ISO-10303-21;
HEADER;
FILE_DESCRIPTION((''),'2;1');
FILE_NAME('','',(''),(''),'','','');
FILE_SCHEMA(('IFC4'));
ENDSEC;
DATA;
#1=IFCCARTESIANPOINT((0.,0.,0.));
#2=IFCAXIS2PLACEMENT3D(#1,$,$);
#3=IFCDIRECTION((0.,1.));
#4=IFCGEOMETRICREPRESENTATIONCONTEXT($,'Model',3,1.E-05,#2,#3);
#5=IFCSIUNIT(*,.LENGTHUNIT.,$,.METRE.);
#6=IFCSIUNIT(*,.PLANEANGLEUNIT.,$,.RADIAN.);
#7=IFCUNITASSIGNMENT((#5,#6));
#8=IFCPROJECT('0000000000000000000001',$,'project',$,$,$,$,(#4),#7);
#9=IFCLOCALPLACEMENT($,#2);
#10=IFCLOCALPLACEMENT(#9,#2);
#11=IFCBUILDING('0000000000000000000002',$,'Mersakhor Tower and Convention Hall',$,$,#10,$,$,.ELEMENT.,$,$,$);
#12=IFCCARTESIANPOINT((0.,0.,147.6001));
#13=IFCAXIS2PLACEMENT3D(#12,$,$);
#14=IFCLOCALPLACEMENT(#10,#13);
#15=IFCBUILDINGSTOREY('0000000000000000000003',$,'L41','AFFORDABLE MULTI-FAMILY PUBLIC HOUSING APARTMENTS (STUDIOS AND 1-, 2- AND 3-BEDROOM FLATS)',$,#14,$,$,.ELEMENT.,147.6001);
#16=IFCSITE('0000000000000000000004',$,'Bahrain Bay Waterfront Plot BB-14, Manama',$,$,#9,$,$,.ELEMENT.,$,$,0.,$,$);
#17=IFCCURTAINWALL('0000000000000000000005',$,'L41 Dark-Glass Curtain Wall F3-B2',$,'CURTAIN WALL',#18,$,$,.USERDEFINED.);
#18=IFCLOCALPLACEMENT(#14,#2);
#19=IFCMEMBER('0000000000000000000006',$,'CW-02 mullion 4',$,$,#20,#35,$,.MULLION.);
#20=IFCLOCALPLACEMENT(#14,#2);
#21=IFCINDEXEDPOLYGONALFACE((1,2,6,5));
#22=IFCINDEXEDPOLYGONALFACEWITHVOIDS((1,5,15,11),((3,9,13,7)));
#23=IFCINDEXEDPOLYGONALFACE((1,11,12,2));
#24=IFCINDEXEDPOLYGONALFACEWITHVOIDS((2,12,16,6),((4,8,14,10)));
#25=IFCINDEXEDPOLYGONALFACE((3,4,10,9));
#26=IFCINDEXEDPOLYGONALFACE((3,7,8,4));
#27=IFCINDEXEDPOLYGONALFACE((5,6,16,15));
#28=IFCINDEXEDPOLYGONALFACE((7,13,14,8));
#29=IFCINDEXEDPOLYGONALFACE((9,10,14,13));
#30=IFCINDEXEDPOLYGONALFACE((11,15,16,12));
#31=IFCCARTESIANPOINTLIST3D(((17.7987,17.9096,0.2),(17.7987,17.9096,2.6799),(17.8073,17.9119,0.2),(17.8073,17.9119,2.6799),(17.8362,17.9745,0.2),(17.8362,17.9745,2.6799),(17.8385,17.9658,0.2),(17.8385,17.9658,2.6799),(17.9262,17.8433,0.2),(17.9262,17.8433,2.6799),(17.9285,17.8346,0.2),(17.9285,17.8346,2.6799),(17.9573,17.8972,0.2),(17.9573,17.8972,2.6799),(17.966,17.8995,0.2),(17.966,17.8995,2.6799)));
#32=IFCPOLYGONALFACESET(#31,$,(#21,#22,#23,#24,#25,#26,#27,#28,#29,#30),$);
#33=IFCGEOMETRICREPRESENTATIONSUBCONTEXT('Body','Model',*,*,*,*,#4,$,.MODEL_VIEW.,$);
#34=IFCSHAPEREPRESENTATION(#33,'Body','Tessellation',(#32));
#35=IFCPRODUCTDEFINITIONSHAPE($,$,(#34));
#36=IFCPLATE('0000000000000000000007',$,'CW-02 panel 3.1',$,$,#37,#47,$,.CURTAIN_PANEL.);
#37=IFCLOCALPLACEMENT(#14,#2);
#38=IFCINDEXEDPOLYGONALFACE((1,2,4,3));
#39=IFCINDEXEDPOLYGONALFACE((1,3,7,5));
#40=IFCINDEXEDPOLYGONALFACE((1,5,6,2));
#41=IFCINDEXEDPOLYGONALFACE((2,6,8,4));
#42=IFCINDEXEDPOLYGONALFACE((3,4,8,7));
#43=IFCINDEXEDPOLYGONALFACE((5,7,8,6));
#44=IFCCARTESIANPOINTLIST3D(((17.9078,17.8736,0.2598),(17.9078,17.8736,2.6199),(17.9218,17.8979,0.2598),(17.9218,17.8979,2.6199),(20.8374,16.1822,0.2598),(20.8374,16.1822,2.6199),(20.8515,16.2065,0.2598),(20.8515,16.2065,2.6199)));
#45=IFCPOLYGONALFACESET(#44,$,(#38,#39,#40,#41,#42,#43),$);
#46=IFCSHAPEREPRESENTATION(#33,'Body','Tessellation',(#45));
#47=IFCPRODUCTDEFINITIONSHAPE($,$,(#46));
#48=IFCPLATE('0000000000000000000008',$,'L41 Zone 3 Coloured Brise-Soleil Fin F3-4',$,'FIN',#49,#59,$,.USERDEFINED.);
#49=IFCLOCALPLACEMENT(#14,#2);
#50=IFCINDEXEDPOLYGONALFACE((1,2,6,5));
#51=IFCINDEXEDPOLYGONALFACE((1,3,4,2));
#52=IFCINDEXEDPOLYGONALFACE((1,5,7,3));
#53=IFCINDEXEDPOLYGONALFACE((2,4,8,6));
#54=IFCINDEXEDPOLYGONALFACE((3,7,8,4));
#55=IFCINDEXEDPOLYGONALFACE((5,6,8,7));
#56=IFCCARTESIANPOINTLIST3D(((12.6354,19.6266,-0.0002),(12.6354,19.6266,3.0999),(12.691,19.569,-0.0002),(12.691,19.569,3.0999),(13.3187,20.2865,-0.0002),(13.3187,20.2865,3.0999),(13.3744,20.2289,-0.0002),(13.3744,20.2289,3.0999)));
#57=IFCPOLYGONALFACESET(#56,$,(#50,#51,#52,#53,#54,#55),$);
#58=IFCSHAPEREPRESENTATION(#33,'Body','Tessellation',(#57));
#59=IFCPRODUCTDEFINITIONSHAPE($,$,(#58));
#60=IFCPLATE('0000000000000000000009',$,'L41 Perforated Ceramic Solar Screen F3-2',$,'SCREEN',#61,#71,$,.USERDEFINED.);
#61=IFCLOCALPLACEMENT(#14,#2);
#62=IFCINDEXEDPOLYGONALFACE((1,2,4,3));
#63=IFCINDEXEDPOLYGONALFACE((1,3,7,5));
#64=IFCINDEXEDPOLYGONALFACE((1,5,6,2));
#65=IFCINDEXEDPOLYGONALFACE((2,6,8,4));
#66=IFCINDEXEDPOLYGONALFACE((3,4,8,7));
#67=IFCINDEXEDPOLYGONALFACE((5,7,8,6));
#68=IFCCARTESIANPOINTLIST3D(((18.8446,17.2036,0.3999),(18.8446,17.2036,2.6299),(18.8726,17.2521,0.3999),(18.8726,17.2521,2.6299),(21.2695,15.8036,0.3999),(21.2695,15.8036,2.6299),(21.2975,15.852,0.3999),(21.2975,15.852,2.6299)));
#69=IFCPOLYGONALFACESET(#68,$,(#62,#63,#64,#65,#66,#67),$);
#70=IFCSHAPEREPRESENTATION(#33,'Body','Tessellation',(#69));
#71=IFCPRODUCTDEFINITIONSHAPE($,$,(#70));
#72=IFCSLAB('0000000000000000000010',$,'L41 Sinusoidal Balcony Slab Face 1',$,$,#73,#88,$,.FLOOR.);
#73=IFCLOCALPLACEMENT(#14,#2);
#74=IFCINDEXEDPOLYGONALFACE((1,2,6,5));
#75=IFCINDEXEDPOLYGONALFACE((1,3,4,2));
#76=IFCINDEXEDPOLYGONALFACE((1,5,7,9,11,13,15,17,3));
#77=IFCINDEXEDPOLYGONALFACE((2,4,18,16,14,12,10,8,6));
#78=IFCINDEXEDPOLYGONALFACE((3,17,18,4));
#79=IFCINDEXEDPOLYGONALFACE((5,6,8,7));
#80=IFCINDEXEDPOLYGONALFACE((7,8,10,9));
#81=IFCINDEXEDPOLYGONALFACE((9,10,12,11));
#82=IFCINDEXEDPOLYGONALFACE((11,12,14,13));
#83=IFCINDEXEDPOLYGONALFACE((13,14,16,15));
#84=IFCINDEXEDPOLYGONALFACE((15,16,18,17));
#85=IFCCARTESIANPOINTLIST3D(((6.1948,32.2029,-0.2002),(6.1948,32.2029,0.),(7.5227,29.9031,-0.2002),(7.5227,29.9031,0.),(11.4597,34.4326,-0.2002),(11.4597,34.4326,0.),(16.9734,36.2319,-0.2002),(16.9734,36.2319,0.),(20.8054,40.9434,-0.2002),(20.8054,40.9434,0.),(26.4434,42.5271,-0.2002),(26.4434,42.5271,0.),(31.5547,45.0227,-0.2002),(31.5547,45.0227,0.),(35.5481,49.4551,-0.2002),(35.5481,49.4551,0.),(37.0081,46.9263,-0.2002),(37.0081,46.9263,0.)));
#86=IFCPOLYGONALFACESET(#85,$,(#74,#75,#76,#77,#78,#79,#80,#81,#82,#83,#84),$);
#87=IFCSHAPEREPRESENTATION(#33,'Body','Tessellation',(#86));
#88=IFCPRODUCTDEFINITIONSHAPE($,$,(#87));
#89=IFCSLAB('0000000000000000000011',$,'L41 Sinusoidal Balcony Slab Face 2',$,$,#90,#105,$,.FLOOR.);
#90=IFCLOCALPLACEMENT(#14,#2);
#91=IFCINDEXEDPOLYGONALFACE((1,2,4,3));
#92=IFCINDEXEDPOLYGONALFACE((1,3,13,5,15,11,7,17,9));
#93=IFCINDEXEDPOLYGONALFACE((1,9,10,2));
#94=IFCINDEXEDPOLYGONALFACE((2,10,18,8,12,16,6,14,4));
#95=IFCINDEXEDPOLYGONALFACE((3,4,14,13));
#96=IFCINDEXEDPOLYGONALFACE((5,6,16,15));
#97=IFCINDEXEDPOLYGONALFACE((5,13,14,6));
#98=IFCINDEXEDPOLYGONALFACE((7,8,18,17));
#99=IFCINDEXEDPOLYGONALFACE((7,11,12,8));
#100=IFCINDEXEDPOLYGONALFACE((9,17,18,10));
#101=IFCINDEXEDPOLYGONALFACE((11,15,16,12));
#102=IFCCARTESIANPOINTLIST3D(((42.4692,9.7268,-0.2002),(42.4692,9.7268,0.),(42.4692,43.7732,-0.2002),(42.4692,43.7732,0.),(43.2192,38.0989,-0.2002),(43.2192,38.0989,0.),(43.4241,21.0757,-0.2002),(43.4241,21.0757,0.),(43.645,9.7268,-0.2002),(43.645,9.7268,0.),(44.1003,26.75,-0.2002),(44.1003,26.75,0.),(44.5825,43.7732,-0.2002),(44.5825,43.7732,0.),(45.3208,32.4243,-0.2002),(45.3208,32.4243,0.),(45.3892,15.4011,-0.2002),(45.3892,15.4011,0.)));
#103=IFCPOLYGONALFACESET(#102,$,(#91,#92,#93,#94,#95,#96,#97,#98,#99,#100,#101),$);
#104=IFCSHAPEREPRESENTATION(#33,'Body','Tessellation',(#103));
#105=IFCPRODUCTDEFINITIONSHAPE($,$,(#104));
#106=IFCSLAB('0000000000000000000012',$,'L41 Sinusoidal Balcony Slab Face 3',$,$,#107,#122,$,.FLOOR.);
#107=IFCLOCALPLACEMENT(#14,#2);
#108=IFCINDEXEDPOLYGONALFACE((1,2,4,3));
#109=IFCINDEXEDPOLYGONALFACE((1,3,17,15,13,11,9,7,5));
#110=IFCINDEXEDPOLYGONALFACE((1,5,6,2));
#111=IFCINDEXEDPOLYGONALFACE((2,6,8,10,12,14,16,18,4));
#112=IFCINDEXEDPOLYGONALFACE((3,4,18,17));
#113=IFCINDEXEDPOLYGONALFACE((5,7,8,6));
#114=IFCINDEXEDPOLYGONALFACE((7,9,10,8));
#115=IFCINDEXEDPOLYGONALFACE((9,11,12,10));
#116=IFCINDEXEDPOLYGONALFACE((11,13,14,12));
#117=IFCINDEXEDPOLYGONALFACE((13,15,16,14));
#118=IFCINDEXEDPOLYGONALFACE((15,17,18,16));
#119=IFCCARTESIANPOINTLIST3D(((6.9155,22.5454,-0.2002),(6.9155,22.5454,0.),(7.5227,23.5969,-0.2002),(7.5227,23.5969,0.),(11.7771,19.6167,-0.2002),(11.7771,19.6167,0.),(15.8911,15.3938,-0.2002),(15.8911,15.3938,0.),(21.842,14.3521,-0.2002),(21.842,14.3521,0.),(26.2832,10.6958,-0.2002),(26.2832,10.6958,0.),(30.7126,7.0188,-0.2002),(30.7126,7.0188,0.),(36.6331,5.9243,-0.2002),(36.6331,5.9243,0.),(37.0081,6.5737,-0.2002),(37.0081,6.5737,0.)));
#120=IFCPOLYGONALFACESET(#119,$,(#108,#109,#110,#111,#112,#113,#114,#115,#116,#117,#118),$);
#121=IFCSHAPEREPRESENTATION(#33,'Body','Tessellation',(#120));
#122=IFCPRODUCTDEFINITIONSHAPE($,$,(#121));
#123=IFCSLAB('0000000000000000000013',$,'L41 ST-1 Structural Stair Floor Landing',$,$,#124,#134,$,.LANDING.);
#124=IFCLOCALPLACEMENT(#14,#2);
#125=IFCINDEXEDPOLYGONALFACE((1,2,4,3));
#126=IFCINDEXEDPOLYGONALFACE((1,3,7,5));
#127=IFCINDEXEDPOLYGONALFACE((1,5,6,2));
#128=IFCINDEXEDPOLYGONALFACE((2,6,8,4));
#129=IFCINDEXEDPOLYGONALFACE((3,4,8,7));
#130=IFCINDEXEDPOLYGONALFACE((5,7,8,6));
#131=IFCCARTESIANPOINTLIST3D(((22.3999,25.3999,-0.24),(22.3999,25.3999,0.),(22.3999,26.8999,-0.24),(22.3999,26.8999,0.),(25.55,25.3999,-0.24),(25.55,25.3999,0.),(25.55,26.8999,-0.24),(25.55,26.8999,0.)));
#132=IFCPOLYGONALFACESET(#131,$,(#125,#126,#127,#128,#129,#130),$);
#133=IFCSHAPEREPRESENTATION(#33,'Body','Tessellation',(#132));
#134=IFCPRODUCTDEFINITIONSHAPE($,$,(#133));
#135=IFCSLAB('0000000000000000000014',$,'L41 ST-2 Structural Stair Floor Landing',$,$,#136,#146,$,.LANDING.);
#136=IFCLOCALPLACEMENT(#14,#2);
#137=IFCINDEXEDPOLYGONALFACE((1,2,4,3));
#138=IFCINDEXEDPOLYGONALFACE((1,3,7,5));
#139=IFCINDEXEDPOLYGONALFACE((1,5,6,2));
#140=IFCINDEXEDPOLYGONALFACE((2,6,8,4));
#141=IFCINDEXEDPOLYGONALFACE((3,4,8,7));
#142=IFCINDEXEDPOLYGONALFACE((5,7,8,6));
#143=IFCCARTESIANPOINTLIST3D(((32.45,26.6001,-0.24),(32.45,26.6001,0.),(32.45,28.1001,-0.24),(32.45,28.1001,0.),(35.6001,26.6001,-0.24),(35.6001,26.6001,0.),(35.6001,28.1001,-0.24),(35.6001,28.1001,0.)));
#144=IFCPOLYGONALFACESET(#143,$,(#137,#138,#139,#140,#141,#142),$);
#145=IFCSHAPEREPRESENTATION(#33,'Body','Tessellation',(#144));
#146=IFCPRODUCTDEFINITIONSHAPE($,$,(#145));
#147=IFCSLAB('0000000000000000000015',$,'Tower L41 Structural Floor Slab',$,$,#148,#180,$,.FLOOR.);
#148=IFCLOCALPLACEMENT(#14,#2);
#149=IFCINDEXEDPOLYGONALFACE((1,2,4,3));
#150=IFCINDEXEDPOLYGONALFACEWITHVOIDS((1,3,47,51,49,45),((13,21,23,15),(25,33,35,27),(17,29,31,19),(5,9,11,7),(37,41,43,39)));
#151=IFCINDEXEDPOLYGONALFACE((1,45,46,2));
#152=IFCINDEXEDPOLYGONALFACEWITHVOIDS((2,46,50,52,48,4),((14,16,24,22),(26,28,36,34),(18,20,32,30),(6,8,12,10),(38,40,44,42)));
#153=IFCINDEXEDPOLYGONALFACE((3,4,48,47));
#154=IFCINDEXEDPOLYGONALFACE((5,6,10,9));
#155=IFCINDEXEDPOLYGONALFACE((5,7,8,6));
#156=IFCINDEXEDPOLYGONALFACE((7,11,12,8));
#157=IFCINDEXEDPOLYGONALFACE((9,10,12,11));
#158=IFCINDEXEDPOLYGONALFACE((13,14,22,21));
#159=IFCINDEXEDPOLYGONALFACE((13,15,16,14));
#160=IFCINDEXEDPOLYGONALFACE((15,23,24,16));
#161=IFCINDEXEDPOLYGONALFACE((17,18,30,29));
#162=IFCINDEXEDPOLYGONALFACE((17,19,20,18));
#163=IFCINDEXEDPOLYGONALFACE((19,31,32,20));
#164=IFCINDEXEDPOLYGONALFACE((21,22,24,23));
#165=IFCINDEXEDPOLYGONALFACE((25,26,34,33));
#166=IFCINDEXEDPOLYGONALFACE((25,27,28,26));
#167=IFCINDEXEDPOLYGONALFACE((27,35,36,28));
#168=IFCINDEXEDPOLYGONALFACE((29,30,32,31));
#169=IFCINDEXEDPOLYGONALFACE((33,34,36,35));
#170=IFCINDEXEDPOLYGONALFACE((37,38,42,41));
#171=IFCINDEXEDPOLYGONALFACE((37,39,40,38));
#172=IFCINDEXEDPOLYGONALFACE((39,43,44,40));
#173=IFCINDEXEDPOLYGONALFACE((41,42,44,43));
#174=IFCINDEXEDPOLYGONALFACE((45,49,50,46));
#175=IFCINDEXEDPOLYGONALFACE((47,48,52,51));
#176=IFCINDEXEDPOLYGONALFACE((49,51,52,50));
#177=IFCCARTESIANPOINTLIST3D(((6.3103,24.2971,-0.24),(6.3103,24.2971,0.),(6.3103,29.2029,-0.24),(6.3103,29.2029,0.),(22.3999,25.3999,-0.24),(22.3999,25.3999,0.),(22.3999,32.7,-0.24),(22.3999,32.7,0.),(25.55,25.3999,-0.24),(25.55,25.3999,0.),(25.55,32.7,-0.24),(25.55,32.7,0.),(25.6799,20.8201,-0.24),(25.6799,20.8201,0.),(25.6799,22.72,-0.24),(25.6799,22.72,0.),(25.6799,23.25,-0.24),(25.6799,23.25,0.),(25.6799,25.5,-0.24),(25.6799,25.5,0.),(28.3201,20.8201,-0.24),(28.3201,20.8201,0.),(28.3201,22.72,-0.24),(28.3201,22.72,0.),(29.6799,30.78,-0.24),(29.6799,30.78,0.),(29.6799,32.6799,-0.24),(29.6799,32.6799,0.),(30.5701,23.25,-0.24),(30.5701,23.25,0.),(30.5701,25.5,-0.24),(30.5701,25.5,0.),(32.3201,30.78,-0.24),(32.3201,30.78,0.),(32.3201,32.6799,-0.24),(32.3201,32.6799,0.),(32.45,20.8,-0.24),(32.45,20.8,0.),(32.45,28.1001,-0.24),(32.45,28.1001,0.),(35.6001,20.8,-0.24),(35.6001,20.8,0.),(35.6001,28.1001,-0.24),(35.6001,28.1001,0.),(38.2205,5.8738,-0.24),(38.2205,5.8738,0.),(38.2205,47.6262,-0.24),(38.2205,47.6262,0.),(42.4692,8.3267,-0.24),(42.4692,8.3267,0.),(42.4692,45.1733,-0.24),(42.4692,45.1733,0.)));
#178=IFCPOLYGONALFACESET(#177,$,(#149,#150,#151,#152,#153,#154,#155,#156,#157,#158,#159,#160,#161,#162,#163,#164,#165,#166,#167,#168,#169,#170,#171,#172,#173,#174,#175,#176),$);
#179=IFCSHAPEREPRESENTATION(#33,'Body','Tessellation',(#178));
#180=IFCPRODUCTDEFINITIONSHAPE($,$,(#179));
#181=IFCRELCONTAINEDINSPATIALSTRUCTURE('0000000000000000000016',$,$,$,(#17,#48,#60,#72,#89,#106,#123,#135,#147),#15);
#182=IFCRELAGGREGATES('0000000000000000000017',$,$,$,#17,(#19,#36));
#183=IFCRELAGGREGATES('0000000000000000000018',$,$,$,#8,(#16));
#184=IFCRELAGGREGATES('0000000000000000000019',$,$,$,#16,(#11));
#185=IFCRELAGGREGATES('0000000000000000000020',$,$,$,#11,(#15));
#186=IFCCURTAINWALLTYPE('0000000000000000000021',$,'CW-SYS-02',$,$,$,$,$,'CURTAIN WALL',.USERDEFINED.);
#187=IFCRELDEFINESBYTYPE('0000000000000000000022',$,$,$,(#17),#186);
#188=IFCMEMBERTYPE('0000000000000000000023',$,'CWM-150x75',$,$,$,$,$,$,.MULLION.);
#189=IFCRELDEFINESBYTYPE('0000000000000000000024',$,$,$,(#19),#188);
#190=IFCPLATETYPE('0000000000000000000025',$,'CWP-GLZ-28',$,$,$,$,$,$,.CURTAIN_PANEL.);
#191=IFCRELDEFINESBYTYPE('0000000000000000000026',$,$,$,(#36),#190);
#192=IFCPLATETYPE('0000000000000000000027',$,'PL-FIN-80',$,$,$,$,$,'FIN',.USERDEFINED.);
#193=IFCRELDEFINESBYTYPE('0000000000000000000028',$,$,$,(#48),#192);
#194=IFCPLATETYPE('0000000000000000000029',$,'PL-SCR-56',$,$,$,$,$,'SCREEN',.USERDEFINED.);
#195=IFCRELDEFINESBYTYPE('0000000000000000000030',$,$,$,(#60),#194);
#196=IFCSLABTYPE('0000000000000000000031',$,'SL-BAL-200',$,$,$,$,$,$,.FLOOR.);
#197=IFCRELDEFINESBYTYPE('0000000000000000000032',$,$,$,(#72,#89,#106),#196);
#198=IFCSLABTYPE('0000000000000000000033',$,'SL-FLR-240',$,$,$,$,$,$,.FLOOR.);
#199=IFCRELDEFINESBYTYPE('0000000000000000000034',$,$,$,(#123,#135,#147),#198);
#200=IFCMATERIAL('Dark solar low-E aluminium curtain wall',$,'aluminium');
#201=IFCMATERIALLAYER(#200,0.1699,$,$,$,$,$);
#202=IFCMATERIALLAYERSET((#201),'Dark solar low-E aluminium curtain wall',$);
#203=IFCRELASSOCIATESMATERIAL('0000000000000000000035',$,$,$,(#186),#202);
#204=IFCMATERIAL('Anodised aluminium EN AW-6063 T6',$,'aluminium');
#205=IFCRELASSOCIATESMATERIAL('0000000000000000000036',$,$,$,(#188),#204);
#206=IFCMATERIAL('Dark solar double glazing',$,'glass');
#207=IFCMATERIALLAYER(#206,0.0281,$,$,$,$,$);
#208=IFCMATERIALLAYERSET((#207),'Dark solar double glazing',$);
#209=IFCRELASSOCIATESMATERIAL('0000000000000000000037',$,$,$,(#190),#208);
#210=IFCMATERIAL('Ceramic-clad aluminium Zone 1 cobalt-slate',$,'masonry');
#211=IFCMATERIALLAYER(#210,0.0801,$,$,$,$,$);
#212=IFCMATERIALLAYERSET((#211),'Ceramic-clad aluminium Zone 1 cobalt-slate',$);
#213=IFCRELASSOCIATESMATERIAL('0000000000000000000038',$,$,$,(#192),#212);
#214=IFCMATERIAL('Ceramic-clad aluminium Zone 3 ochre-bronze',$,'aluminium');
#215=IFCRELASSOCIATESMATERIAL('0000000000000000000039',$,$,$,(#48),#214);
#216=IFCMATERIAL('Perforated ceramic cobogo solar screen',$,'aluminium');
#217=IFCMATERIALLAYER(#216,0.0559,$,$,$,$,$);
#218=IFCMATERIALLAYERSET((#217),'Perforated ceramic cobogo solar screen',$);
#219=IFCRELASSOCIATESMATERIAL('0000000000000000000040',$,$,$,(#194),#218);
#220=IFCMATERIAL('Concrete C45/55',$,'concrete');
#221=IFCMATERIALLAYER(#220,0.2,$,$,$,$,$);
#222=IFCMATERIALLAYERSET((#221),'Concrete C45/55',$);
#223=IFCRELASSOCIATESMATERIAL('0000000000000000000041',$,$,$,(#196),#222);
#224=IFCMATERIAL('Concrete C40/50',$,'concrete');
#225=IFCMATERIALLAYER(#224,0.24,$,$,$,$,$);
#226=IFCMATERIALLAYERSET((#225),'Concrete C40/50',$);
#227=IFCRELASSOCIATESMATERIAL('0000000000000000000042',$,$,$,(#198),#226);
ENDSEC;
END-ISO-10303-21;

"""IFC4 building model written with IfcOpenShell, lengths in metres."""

from ifc_helpers import new_model, si_unit, direction, frame, origin, origin_2d, place, context, subcontext, project, spatial, polyline, rectangle, hollow_rectangle, outline, extrude, material, layer, layer_set, material_profile, profile_set, type_object, element, aggregate, save


model = new_model("IFC4")

# Units and contexts
model_context = context("Model", 3, precision=1e-05, world=origin(), true_north=direction((0.0, 1.0)))
body_context = subcontext(model_context, "Body", "Model", "MODEL_VIEW")
ifc_project = project(units=[si_unit("LENGTHUNIT", "METRE"), si_unit("PLANEANGLEUNIT", "RADIAN")], contexts=[model_context])

# Site, building, storey
site_placement = place(None, origin())
site = spatial("IfcSite", under=ifc_project, at=site_placement, Name="Bahrain Bay Waterfront Plot BB-14, Manama", CompositionType="ELEMENT", RefElevation=0.0)
building_placement = place(site_placement, origin())
building = spatial("IfcBuilding", under=site, at=building_placement, Name="Mersakhor Tower and Convention Hall", CompositionType="ELEMENT")
storey_placement = place(building_placement, frame((0.0, 0.0, 147.6001)))
storey = spatial("IfcBuildingStorey", under=building, at=storey_placement, Name="L41", Description="AFFORDABLE MULTI-FAMILY PUBLIC HOUSING APARTMENTS (STUDIOS AND 1-, 2- AND 3-BEDROOM FLATS)", CompositionType="ELEMENT", Elevation=147.6001)

# Curtain wall, member, plate
ifc_material_1 = material(Name="Dark solar low-E aluminium curtain wall", Category="aluminium")
ifc_layer_1 = layer(ifc_material_1, 0.1699)
ifc_layer_set_1 = layer_set([ifc_layer_1], Name="Dark solar low-E aluminium curtain wall")
curtain_wall_type = type_object("IfcCurtainWallType", Name="CW-SYS-02", ElementType="CURTAIN WALL", PredefinedType="USERDEFINED", material=ifc_layer_set_1)
curtain_wall_placement = place(storey_placement, origin())
curtain_wall = element("IfcCurtainWall", 1, at=curtain_wall_placement, inside=storey, type_object=curtain_wall_type, Name="L41 Dark-Glass Curtain Wall F3-B2", ObjectType="CURTAIN WALL", PredefinedType="USERDEFINED")
ifc_material_2 = material(Name="Anodised aluminium EN AW-6063 T6", Category="aluminium")
ifc_material_profile = material_profile(ifc_material_2, hollow_rectangle(XDim=0.075, YDim=0.1499, WallThickness=0.0063, at=origin_2d()), Name="RHS 150x75x6.3")
ifc_profile_set = profile_set([ifc_material_profile], Name="Anodised aluminium EN AW-6063 T6")
member_type = type_object("IfcMemberType", Name="CWM-150x75", PredefinedType="MULLION", material=ifc_profile_set)
member_placement = place(storey_placement, frame((17.8823, 17.9045, 0.2), z_axis=(0.0, 0.0, 1.0), x_axis=(-0.49999, -0.866031, 0.0)))
member = element("IfcMember", 2, at=member_placement, type_object=member_type, Name="CW-02 mullion 4", PredefinedType="MULLION", context=body_context, shape_type="SweptSolid", body=[
    extrude(hollow_rectangle(XDim=0.075, YDim=0.1499, WallThickness=0.0063, at=origin_2d()), origin(), (0.0, 0.0, 1.0), 2.48),
])
ifc_material_3 = material(Name="Dark solar double glazing", Category="glass")
ifc_layer_2 = layer(ifc_material_3, 0.0281)
ifc_layer_set_2 = layer_set([ifc_layer_2], Name="Dark solar double glazing")
plate_type_1 = type_object("IfcPlateType", Name="CWP-GLZ-28", PredefinedType="CURTAIN_PANEL", material=ifc_layer_set_2)
plate_1_placement = place(storey_placement, frame((19.3796, 17.04, 0.2598), z_axis=(0.0, 0.0, 1.0), x_axis=(-0.866031, 0.49999, 0.0)))
plate_1 = element("IfcPlate", 3, at=plate_1_placement, type_object=plate_type_1, Name="CW-02 panel 3.1", PredefinedType="CURTAIN_PANEL", context=body_context, shape_type="SweptSolid", body=[
    extrude(rectangle(XDim=3.3828, YDim=0.0281, at=origin_2d()), origin(), (0.0, 0.0, 1.0), 2.3601),
])
aggregate(curtain_wall, [member, plate_1])

# Plates
ifc_material_4 = material(Name="Ceramic-clad aluminium Zone 3 ochre-bronze", Category="aluminium")
ifc_material_5 = material(Name="Ceramic-clad aluminium Zone 1 cobalt-slate", Category="masonry")
ifc_layer_3 = layer(ifc_material_5, 0.0801)
ifc_layer_set_3 = layer_set([ifc_layer_3], Name="Ceramic-clad aluminium Zone 1 cobalt-slate")
plate_type_2 = type_object("IfcPlateType", Name="PL-FIN-80", ElementType="FIN", PredefinedType="USERDEFINED", material=ifc_layer_set_3)
plate_2_placement = place(storey_placement, frame((13.0049, 19.9277, -0.0002), z_axis=(0.0, 0.0, 1.0), x_axis=(-0.71934, -0.694658, 0.0)))
element("IfcPlate", 4, at=plate_2_placement, inside=storey, type_object=plate_type_2, material=ifc_material_4, Name="L41 Zone 3 Coloured Brise-Soleil Fin F3-4", ObjectType="FIN", PredefinedType="USERDEFINED", context=body_context, shape_type="SweptSolid", body=[
    extrude(rectangle(XDim=0.95, YDim=0.0801, at=origin_2d()), origin(), (0.0, 0.0, 1.0), 3.1001),
])
ifc_material_6 = material(Name="Perforated ceramic cobogo solar screen", Category="aluminium")
ifc_layer_4 = layer(ifc_material_6, 0.0559)
ifc_layer_set_4 = layer_set([ifc_layer_4], Name="Perforated ceramic cobogo solar screen")
plate_type_3 = type_object("IfcPlateType", Name="PL-SCR-56", ElementType="SCREEN", PredefinedType="USERDEFINED", material=ifc_layer_set_4)
plate_3_placement = place(storey_placement, frame((20.071, 16.5278, 0.3999), z_axis=(0.0, 0.0, 1.0), x_axis=(-0.866025, 0.5, 0.0)))
element("IfcPlate", 5, at=plate_3_placement, inside=storey, type_object=plate_type_3, Name="L41 Perforated Ceramic Solar Screen F3-2", ObjectType="SCREEN", PredefinedType="USERDEFINED", context=body_context, shape_type="SweptSolid", body=[
    extrude(rectangle(XDim=2.8, YDim=0.0559, at=origin_2d()), origin(), (0.0, 0.0, 1.0), 2.23),
])

# Slabs
ifc_material_7 = material(Name="Concrete C45/55", Category="concrete")
ifc_layer_5 = layer(ifc_material_7, 0.2)
ifc_layer_set_5 = layer_set([ifc_layer_5], Name="Concrete C45/55")
slab_type_1 = type_object("IfcSlabType", Name="SL-BAL-200", PredefinedType="FLOOR", material=ifc_layer_set_5)
slab_1_placement = place(storey_placement, frame((0.0, 0.0, -0.2002)))
element("IfcSlab", 6, at=slab_1_placement, inside=storey, type_object=slab_type_1, Name="L41 Sinusoidal Balcony Slab Face 1", PredefinedType="FLOOR", context=body_context, shape_type="SweptSolid", body=[
    extrude(outline(polyline([(7.5227, 29.9031), (37.0081, 46.9263), (35.5481, 49.4551), (31.5547, 45.0227), (26.4434, 42.5271), (20.8054, 40.9434), (16.9734, 36.2319), (11.4597, 34.4326), (6.1948, 32.2029), (7.5227, 29.9031)])), origin(), (0.0, 0.0, 1.0), 0.2002),
])
slab_2_placement = place(storey_placement, frame((0.0, 0.0, -0.2002)))
element("IfcSlab", 7, at=slab_2_placement, inside=storey, type_object=slab_type_1, Name="L41 Sinusoidal Balcony Slab Face 2", PredefinedType="FLOOR", context=body_context, shape_type="SweptSolid", body=[
    extrude(outline(polyline([(42.4692, 43.7732), (42.4692, 9.7268), (43.645, 9.7268), (45.3892, 15.4011), (43.4241, 21.0757), (44.1003, 26.75), (45.3208, 32.4243), (43.2192, 38.0989), (44.5825, 43.7732), (42.4692, 43.7732)])), origin(), (0.0, 0.0, 1.0), 0.2002),
])
slab_3_placement = place(storey_placement, frame((0.0, 0.0, -0.2002)))
element("IfcSlab", 8, at=slab_3_placement, inside=storey, type_object=slab_type_1, Name="L41 Sinusoidal Balcony Slab Face 3", PredefinedType="FLOOR", context=body_context, shape_type="SweptSolid", body=[
    extrude(outline(polyline([(37.0081, 6.5737), (7.5227, 23.5969), (6.9155, 22.5454), (11.7771, 19.6167), (15.8911, 15.3938), (21.842, 14.3521), (26.2832, 10.6958), (30.7126, 7.0188), (36.6331, 5.9243), (37.0081, 6.5737)])), origin(), (0.0, 0.0, 1.0), 0.2002),
])
ifc_material_8 = material(Name="Concrete C40/50", Category="concrete")
ifc_layer_6 = layer(ifc_material_8, 0.24)
ifc_layer_set_6 = layer_set([ifc_layer_6], Name="Concrete C40/50")
slab_type_2 = type_object("IfcSlabType", Name="SL-FLR-240", PredefinedType="FLOOR", material=ifc_layer_set_6)
slab_4_placement = place(storey_placement, frame((0.0, 0.0, -0.24)))
element("IfcSlab", 9, at=slab_4_placement, inside=storey, type_object=slab_type_2, Name="L41 ST-1 Structural Stair Floor Landing", PredefinedType="LANDING", context=body_context, shape_type="SweptSolid", body=[
    extrude(outline(polyline([(25.55, 25.3999), (25.55, 26.8999), (22.3999, 26.8999), (22.3999, 25.3999), (25.55, 25.3999)])), origin(), (0.0, 0.0, 1.0), 0.24),
])
slab_5_placement = place(storey_placement, frame((0.0, 0.0, -0.24)))
element("IfcSlab", 10, at=slab_5_placement, inside=storey, type_object=slab_type_2, Name="L41 ST-2 Structural Stair Floor Landing", PredefinedType="LANDING", context=body_context, shape_type="SweptSolid", body=[
    extrude(outline(polyline([(32.45, 28.1001), (32.45, 26.6001), (35.6001, 26.6001), (35.6001, 28.1001), (32.45, 28.1001)])), origin(), (0.0, 0.0, 1.0), 0.24),
])
slab_6_placement = place(storey_placement, frame((0.0, 0.0, -0.24)))
element("IfcSlab", 11, at=slab_6_placement, inside=storey, type_object=slab_type_2, Name="Tower L41 Structural Floor Slab", PredefinedType="FLOOR", context=body_context, shape_type="SweptSolid", body=[
    extrude(outline(polyline([(6.3103, 29.2029), (38.2205, 47.6262), (42.4692, 45.1733), (42.4692, 8.3267), (38.2205, 5.8738), (6.3103, 24.2971), (6.3103, 29.2029)]), holes=[polyline([(25.55, 25.3999), (25.55, 32.7), (22.3999, 32.7), (22.3999, 25.3999), (25.55, 25.3999)]), polyline([(32.45, 28.1001), (32.45, 20.8), (35.6001, 20.8), (35.6001, 28.1001), (32.45, 28.1001)]), polyline([(25.6799, 20.8201), (25.6799, 22.72), (28.3201, 22.72), (28.3201, 20.8201), (25.6799, 20.8201)]), polyline([(29.6799, 30.78), (29.6799, 32.6799), (32.3201, 32.6799), (32.3201, 30.78), (29.6799, 30.78)]), polyline([(25.6799, 23.25), (25.6799, 25.5), (30.5701, 25.5), (30.5701, 23.25), (25.6799, 23.25)])]), origin(), (0.0, 0.0, 1.0), 0.24),
])

save(model, "model.ifc")
